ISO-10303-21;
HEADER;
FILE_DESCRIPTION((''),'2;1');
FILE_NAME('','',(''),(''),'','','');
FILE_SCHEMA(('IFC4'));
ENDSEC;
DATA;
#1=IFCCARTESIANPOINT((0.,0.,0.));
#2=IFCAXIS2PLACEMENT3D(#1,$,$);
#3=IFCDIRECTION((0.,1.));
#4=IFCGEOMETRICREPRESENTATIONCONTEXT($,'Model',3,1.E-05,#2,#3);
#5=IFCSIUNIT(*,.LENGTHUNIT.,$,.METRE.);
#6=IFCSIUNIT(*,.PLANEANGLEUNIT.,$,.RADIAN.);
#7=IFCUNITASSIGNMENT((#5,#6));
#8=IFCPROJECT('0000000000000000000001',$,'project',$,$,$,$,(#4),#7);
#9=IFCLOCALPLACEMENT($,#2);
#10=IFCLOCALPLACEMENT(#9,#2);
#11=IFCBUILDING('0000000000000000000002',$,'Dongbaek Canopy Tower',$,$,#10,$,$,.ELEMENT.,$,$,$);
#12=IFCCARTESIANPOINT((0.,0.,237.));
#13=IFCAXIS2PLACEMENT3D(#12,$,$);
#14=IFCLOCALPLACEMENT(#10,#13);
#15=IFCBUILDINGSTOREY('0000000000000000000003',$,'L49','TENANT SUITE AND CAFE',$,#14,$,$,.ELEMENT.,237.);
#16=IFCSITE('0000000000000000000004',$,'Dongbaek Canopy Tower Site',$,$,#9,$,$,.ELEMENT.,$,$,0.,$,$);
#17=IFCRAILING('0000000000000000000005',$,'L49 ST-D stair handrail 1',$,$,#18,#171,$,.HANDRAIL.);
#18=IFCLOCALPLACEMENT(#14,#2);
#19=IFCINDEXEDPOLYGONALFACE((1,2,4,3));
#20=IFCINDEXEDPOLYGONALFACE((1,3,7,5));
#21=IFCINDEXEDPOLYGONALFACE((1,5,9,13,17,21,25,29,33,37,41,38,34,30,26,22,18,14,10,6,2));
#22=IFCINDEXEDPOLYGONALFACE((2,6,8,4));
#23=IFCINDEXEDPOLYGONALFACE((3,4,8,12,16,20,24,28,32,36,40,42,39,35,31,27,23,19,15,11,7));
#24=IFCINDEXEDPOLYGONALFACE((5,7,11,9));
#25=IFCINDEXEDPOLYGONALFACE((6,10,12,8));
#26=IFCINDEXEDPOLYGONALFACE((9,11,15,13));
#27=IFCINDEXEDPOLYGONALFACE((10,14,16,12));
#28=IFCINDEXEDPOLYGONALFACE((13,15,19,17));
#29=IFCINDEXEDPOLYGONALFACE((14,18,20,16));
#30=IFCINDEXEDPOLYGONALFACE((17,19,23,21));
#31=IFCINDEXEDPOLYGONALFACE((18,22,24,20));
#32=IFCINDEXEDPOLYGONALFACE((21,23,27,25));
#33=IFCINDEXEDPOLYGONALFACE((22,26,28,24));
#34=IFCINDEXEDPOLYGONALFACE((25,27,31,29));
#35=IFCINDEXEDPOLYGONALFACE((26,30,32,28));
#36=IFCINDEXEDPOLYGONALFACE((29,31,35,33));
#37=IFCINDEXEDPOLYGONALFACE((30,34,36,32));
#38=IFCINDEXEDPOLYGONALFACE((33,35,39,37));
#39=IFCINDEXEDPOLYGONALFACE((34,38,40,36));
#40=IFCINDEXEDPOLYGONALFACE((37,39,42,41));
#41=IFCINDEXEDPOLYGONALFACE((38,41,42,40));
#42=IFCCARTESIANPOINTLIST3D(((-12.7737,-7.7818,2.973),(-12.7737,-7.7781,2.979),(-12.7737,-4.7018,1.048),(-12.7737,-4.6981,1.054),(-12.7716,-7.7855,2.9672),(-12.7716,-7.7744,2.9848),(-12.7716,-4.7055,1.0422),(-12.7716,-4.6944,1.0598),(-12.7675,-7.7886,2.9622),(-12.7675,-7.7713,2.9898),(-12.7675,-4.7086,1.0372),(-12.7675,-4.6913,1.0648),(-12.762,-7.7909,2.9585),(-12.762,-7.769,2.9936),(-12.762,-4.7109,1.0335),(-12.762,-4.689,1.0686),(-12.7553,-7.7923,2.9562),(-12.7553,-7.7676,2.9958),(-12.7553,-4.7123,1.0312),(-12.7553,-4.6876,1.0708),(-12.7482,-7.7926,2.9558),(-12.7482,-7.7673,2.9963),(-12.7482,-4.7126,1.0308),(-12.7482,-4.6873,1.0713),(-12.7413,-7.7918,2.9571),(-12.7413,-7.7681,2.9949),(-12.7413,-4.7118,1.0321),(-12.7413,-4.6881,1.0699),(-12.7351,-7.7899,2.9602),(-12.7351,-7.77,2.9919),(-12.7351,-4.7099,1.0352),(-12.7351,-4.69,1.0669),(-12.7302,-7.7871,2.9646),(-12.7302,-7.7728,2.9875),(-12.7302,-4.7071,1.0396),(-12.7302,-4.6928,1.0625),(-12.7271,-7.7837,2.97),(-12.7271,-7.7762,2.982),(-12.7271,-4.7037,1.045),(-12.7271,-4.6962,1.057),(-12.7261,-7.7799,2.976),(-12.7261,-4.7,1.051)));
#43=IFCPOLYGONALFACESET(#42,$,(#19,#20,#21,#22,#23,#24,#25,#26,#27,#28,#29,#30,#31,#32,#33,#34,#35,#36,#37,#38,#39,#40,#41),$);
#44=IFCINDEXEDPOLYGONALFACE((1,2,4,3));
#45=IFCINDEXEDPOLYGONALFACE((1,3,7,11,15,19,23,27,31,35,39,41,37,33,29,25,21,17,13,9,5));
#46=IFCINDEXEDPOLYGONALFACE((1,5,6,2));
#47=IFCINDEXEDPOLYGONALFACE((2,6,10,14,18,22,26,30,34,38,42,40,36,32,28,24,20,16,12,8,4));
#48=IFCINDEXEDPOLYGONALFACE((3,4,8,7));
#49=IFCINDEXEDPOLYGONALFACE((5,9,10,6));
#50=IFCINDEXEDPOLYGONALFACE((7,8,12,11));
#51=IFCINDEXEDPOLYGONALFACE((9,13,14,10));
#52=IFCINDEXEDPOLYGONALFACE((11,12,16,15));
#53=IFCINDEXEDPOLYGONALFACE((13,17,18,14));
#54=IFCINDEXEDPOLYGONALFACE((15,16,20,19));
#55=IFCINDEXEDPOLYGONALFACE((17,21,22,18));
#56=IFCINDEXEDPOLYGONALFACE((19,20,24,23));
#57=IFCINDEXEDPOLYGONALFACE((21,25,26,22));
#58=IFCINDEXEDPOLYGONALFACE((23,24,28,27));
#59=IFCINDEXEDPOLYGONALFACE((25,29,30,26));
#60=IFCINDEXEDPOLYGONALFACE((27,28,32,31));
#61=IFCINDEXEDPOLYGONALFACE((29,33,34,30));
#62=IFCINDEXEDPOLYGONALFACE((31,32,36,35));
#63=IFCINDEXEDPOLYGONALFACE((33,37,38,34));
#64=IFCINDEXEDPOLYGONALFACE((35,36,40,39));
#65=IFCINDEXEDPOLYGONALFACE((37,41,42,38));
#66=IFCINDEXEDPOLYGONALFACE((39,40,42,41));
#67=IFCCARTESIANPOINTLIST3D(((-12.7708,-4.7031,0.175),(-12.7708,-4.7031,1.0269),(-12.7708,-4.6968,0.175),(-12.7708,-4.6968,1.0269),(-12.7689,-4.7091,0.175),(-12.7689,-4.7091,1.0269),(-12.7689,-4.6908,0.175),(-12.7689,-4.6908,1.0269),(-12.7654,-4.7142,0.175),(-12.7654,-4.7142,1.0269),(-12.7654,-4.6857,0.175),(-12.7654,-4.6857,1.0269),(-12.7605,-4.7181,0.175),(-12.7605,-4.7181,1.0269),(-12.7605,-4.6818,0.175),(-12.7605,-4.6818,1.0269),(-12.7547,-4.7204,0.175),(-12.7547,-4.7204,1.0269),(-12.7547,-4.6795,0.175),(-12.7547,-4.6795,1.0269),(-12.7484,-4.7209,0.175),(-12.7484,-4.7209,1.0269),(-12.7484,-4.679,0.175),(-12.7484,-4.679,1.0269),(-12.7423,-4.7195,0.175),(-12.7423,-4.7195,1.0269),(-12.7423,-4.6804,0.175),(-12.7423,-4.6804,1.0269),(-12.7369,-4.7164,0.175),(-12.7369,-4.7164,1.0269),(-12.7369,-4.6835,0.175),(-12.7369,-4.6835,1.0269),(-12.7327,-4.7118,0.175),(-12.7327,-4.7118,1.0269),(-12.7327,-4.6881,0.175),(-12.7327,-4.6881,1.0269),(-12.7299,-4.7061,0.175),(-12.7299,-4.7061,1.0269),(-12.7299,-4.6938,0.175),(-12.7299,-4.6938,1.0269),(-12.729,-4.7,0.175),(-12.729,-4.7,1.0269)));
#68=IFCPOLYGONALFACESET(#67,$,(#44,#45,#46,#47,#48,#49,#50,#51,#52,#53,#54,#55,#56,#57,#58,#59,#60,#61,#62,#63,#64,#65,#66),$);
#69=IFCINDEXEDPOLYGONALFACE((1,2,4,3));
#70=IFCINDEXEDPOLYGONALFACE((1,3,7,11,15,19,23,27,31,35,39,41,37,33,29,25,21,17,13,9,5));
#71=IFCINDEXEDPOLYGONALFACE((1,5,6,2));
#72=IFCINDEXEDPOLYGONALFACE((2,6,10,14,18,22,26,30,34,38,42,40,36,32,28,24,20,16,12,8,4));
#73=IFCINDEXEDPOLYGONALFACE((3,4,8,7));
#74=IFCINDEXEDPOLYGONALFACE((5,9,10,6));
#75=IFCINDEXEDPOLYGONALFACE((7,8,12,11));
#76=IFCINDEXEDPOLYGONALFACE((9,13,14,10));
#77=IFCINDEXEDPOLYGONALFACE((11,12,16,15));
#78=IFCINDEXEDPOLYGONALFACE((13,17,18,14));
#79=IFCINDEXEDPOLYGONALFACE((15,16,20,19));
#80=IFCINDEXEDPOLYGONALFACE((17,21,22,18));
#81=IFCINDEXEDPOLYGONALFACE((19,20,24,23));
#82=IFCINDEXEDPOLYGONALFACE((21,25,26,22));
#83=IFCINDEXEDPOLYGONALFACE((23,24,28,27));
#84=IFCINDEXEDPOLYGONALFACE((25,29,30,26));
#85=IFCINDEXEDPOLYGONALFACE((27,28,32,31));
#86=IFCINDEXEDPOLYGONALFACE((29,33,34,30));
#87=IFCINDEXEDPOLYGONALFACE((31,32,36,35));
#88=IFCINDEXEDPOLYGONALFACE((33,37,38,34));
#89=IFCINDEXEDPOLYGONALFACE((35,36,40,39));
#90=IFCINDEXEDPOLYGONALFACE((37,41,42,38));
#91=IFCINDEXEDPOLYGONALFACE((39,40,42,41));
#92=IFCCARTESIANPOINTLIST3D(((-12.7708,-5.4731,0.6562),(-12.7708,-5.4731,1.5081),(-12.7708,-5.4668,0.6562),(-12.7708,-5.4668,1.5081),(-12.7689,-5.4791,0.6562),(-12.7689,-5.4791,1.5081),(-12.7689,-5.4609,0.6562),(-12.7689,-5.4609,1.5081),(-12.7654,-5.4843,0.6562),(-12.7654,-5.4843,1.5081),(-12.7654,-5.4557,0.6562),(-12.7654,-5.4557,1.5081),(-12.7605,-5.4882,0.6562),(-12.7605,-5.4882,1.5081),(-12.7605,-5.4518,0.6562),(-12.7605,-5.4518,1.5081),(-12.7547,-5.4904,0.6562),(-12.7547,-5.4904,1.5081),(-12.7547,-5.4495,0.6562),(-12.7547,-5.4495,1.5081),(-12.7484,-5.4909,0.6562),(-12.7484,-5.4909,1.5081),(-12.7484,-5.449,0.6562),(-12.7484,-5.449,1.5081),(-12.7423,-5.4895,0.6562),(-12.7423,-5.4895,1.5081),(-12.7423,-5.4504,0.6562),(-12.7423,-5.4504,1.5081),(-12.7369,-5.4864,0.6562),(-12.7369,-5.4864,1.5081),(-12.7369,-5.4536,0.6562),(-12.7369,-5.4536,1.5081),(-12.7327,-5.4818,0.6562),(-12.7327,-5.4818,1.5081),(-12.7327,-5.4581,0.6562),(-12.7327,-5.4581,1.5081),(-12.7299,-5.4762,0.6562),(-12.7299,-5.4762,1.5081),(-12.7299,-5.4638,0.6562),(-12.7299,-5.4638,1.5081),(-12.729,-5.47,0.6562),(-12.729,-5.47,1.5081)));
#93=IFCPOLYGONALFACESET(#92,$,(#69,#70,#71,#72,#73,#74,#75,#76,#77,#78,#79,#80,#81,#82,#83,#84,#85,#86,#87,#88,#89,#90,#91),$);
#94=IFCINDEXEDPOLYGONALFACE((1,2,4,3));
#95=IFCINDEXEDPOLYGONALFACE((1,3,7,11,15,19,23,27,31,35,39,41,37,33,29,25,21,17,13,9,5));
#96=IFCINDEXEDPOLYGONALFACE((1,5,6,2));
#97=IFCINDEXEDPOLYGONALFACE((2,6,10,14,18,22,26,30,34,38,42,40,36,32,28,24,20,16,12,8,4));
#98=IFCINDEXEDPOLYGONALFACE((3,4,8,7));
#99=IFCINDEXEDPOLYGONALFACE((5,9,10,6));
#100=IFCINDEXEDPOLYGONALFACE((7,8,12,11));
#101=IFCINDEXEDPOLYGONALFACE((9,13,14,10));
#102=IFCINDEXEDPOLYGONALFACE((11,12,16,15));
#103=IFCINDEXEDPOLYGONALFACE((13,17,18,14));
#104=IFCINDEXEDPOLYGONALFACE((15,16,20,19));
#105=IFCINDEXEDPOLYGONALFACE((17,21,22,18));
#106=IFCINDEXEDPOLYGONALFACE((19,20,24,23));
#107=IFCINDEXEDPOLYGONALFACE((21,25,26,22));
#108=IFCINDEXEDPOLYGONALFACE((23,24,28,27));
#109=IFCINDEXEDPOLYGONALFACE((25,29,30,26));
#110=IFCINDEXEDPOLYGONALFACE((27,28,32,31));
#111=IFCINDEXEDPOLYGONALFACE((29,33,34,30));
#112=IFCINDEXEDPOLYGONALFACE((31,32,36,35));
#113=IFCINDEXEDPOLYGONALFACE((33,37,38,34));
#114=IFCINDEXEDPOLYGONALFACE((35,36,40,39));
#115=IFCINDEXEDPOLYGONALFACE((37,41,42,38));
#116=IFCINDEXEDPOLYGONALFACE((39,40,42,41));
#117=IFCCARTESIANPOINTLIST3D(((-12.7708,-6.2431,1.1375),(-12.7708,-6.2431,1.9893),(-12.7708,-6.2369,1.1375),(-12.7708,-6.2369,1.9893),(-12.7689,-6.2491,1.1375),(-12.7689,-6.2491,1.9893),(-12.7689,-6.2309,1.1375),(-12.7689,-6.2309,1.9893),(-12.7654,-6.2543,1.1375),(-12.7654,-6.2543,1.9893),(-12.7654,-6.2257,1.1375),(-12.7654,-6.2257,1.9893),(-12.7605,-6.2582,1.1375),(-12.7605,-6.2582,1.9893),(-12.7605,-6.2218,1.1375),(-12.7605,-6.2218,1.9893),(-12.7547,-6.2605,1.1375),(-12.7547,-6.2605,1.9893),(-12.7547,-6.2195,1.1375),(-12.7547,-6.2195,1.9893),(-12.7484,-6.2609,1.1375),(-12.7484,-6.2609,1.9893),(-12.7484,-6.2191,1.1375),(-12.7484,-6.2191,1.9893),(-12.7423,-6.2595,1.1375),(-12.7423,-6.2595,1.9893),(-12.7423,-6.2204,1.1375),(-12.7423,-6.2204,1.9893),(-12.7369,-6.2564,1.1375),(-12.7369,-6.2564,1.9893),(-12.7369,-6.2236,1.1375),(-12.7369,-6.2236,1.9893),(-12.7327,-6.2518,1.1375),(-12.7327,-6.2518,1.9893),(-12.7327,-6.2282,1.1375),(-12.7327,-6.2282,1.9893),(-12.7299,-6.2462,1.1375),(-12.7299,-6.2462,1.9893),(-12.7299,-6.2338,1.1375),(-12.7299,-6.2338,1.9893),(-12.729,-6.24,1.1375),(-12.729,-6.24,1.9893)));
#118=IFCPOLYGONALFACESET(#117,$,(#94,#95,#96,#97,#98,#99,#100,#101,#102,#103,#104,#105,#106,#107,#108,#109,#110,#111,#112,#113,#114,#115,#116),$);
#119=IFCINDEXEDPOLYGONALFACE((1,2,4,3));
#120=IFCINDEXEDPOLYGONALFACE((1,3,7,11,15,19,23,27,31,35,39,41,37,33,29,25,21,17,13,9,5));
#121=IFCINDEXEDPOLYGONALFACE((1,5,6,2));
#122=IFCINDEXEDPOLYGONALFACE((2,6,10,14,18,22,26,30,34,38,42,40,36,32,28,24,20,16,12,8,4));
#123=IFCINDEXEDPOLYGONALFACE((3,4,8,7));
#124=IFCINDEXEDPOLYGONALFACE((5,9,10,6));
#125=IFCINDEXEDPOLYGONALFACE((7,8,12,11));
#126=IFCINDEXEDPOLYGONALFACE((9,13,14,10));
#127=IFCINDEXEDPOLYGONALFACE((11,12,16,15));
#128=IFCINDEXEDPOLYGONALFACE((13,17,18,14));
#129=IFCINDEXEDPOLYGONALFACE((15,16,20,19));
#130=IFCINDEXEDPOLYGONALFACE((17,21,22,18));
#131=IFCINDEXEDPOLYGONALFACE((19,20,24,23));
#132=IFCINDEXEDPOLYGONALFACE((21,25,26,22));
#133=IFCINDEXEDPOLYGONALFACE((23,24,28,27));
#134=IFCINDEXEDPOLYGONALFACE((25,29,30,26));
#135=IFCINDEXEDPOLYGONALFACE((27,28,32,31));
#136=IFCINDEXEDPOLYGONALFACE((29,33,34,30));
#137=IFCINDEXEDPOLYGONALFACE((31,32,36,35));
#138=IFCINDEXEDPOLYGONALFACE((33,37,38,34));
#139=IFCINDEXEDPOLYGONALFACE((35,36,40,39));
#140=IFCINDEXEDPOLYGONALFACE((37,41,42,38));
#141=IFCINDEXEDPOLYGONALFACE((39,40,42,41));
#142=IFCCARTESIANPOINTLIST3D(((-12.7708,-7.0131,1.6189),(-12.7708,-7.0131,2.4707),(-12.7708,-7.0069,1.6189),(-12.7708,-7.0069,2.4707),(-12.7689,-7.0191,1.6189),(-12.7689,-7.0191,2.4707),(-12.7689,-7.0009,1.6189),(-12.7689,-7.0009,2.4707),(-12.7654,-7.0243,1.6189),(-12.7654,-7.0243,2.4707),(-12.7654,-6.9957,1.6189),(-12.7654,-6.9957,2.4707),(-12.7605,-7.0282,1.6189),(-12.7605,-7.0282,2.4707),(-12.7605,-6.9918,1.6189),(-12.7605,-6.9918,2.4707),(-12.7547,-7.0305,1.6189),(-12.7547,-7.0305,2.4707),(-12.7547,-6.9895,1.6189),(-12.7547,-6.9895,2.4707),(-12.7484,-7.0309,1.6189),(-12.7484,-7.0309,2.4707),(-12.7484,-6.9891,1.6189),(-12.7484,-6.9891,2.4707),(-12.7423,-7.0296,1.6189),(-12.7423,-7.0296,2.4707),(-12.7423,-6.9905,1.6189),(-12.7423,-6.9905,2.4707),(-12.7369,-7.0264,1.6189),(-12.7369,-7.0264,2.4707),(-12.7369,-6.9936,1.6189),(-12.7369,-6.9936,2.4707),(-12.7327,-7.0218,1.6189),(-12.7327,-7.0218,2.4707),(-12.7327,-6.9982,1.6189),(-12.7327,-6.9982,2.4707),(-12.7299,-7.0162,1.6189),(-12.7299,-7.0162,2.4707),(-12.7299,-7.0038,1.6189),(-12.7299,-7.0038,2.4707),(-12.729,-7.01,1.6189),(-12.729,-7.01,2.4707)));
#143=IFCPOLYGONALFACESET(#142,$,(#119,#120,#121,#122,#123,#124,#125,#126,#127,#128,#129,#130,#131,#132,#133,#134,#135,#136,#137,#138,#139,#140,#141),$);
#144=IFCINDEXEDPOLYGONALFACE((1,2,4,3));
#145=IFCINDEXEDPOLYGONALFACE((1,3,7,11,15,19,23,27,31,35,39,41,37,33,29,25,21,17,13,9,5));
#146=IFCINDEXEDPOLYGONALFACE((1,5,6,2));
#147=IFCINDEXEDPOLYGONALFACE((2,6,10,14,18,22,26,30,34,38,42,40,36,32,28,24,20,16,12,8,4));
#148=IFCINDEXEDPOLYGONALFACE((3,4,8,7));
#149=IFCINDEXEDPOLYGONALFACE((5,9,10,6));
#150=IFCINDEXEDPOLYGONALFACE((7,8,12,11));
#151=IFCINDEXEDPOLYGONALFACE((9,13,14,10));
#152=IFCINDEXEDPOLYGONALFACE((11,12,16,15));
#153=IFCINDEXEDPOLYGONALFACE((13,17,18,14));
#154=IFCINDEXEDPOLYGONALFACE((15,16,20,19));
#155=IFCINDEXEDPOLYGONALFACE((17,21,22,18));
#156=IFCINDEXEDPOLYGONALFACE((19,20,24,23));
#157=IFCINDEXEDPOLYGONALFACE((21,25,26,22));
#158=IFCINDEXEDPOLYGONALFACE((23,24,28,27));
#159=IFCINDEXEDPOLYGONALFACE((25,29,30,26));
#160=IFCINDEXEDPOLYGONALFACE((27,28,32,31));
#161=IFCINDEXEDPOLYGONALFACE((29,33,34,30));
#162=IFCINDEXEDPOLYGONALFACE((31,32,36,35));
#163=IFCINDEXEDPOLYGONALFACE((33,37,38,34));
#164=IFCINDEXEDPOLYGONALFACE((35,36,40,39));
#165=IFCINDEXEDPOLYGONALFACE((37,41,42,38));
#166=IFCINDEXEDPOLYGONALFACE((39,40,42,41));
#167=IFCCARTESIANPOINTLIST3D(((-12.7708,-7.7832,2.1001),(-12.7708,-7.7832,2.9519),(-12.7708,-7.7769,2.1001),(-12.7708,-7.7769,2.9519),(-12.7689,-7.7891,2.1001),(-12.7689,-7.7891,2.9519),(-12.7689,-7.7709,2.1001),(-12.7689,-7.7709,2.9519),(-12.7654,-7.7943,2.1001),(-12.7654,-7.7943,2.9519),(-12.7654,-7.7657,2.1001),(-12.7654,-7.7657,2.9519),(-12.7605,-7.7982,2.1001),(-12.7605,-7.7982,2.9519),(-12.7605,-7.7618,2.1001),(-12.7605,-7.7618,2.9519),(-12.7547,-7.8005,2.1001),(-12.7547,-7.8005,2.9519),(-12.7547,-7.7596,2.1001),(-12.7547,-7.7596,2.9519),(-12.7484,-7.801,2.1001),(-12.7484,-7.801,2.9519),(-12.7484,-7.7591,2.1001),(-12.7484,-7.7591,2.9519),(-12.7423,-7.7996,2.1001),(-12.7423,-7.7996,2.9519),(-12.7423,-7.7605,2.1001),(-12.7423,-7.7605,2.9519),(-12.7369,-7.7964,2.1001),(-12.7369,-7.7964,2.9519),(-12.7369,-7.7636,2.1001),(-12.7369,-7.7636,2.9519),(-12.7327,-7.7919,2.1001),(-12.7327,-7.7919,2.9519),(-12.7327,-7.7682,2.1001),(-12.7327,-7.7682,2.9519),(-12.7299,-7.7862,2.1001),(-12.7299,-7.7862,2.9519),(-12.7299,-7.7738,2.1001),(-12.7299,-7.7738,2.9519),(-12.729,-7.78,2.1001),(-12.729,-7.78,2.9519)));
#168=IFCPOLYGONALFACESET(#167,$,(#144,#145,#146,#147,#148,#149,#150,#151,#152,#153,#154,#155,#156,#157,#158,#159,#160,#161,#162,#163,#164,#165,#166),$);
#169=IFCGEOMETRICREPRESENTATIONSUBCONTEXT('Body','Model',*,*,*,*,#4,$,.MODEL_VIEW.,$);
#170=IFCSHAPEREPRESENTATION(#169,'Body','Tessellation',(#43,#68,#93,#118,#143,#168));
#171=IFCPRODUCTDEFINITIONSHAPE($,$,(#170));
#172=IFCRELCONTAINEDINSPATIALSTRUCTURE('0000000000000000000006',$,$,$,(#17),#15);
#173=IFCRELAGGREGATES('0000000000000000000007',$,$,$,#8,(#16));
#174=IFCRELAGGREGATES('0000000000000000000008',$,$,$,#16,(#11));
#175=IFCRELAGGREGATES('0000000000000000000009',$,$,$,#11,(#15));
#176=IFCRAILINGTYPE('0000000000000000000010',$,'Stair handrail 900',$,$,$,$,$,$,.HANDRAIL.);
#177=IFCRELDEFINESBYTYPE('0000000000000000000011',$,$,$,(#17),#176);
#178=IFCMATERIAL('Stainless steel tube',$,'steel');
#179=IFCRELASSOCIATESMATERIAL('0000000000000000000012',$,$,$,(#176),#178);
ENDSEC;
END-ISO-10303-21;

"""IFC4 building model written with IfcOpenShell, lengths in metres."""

from ifc_helpers import new_model, si_unit, direction, frame, origin, origin_2d, place, context, subcontext, project, spatial, circle, extrude, material, type_object, element, save


model = new_model("IFC4")

# Units and contexts
model_context = context("Model", 3, precision=1e-05, world=origin(), true_north=direction((0.0, 1.0)))
body_context = subcontext(model_context, "Body", "Model", "MODEL_VIEW")
ifc_project = project(units=[si_unit("LENGTHUNIT", "METRE"), si_unit("PLANEANGLEUNIT", "RADIAN")], contexts=[model_context])

# Site, building, storey
site_placement = place(None, origin())
site = spatial("IfcSite", under=ifc_project, at=site_placement, Name="Dongbaek Canopy Tower Site", CompositionType="ELEMENT", RefElevation=0.0)
building_placement = place(site_placement, origin())
building = spatial("IfcBuilding", under=site, at=building_placement, Name="Dongbaek Canopy Tower", CompositionType="ELEMENT")
storey_placement = place(building_placement, frame((0.0, 0.0, 237.0)))
storey = spatial("IfcBuildingStorey", under=building, at=storey_placement, Name="L49", Description="TENANT SUITE AND CAFE", CompositionType="ELEMENT", Elevation=237.0)

# Railing
ifc_material_1 = material(Name="Stainless steel tube", Category="steel")
railing_type_1 = type_object("IfcRailingType", Name="Stair handrail 900", PredefinedType="HANDRAIL", material=ifc_material_1)
railing_1_placement = place(storey_placement, frame((-12.75, -4.7, 0.175)))
element("IfcRailing", 1, at=railing_1_placement, inside=storey, type_object=railing_type_1, Name="L49 ST-D stair handrail 1", PredefinedType="HANDRAIL", context=body_context, shape_type="SweptSolid", body=[
    extrude(circle(Radius=0.0239, at=origin_2d()), frame((0.0, 0.0, 0.876), z_axis=(0.0, -0.847998, 0.529999), x_axis=(1.0, 0.0, 0.0)), (0.0, 0.0, 1.0), 3.6321),
    extrude(circle(Radius=0.021, at=origin_2d()), origin(), (0.0, 0.0, 1.0), 0.8518),
    extrude(circle(Radius=0.021, at=origin_2d()), frame((0.0, -0.77, 0.4812)), (0.0, 0.0, 1.0), 0.8518),
    extrude(circle(Radius=0.021, at=origin_2d()), frame((0.0, -1.54, 0.9624)), (0.0, 0.0, 1.0), 0.8518),
    extrude(circle(Radius=0.021, at=origin_2d()), frame((0.0, -2.3101, 1.4438)), (0.0, 0.0, 1.0), 0.8518),
    extrude(circle(Radius=0.021, at=origin_2d()), frame((0.0, -3.0801, 1.925)), (0.0, 0.0, 1.0), 0.8518),
])

save(model, "model.ifc")
